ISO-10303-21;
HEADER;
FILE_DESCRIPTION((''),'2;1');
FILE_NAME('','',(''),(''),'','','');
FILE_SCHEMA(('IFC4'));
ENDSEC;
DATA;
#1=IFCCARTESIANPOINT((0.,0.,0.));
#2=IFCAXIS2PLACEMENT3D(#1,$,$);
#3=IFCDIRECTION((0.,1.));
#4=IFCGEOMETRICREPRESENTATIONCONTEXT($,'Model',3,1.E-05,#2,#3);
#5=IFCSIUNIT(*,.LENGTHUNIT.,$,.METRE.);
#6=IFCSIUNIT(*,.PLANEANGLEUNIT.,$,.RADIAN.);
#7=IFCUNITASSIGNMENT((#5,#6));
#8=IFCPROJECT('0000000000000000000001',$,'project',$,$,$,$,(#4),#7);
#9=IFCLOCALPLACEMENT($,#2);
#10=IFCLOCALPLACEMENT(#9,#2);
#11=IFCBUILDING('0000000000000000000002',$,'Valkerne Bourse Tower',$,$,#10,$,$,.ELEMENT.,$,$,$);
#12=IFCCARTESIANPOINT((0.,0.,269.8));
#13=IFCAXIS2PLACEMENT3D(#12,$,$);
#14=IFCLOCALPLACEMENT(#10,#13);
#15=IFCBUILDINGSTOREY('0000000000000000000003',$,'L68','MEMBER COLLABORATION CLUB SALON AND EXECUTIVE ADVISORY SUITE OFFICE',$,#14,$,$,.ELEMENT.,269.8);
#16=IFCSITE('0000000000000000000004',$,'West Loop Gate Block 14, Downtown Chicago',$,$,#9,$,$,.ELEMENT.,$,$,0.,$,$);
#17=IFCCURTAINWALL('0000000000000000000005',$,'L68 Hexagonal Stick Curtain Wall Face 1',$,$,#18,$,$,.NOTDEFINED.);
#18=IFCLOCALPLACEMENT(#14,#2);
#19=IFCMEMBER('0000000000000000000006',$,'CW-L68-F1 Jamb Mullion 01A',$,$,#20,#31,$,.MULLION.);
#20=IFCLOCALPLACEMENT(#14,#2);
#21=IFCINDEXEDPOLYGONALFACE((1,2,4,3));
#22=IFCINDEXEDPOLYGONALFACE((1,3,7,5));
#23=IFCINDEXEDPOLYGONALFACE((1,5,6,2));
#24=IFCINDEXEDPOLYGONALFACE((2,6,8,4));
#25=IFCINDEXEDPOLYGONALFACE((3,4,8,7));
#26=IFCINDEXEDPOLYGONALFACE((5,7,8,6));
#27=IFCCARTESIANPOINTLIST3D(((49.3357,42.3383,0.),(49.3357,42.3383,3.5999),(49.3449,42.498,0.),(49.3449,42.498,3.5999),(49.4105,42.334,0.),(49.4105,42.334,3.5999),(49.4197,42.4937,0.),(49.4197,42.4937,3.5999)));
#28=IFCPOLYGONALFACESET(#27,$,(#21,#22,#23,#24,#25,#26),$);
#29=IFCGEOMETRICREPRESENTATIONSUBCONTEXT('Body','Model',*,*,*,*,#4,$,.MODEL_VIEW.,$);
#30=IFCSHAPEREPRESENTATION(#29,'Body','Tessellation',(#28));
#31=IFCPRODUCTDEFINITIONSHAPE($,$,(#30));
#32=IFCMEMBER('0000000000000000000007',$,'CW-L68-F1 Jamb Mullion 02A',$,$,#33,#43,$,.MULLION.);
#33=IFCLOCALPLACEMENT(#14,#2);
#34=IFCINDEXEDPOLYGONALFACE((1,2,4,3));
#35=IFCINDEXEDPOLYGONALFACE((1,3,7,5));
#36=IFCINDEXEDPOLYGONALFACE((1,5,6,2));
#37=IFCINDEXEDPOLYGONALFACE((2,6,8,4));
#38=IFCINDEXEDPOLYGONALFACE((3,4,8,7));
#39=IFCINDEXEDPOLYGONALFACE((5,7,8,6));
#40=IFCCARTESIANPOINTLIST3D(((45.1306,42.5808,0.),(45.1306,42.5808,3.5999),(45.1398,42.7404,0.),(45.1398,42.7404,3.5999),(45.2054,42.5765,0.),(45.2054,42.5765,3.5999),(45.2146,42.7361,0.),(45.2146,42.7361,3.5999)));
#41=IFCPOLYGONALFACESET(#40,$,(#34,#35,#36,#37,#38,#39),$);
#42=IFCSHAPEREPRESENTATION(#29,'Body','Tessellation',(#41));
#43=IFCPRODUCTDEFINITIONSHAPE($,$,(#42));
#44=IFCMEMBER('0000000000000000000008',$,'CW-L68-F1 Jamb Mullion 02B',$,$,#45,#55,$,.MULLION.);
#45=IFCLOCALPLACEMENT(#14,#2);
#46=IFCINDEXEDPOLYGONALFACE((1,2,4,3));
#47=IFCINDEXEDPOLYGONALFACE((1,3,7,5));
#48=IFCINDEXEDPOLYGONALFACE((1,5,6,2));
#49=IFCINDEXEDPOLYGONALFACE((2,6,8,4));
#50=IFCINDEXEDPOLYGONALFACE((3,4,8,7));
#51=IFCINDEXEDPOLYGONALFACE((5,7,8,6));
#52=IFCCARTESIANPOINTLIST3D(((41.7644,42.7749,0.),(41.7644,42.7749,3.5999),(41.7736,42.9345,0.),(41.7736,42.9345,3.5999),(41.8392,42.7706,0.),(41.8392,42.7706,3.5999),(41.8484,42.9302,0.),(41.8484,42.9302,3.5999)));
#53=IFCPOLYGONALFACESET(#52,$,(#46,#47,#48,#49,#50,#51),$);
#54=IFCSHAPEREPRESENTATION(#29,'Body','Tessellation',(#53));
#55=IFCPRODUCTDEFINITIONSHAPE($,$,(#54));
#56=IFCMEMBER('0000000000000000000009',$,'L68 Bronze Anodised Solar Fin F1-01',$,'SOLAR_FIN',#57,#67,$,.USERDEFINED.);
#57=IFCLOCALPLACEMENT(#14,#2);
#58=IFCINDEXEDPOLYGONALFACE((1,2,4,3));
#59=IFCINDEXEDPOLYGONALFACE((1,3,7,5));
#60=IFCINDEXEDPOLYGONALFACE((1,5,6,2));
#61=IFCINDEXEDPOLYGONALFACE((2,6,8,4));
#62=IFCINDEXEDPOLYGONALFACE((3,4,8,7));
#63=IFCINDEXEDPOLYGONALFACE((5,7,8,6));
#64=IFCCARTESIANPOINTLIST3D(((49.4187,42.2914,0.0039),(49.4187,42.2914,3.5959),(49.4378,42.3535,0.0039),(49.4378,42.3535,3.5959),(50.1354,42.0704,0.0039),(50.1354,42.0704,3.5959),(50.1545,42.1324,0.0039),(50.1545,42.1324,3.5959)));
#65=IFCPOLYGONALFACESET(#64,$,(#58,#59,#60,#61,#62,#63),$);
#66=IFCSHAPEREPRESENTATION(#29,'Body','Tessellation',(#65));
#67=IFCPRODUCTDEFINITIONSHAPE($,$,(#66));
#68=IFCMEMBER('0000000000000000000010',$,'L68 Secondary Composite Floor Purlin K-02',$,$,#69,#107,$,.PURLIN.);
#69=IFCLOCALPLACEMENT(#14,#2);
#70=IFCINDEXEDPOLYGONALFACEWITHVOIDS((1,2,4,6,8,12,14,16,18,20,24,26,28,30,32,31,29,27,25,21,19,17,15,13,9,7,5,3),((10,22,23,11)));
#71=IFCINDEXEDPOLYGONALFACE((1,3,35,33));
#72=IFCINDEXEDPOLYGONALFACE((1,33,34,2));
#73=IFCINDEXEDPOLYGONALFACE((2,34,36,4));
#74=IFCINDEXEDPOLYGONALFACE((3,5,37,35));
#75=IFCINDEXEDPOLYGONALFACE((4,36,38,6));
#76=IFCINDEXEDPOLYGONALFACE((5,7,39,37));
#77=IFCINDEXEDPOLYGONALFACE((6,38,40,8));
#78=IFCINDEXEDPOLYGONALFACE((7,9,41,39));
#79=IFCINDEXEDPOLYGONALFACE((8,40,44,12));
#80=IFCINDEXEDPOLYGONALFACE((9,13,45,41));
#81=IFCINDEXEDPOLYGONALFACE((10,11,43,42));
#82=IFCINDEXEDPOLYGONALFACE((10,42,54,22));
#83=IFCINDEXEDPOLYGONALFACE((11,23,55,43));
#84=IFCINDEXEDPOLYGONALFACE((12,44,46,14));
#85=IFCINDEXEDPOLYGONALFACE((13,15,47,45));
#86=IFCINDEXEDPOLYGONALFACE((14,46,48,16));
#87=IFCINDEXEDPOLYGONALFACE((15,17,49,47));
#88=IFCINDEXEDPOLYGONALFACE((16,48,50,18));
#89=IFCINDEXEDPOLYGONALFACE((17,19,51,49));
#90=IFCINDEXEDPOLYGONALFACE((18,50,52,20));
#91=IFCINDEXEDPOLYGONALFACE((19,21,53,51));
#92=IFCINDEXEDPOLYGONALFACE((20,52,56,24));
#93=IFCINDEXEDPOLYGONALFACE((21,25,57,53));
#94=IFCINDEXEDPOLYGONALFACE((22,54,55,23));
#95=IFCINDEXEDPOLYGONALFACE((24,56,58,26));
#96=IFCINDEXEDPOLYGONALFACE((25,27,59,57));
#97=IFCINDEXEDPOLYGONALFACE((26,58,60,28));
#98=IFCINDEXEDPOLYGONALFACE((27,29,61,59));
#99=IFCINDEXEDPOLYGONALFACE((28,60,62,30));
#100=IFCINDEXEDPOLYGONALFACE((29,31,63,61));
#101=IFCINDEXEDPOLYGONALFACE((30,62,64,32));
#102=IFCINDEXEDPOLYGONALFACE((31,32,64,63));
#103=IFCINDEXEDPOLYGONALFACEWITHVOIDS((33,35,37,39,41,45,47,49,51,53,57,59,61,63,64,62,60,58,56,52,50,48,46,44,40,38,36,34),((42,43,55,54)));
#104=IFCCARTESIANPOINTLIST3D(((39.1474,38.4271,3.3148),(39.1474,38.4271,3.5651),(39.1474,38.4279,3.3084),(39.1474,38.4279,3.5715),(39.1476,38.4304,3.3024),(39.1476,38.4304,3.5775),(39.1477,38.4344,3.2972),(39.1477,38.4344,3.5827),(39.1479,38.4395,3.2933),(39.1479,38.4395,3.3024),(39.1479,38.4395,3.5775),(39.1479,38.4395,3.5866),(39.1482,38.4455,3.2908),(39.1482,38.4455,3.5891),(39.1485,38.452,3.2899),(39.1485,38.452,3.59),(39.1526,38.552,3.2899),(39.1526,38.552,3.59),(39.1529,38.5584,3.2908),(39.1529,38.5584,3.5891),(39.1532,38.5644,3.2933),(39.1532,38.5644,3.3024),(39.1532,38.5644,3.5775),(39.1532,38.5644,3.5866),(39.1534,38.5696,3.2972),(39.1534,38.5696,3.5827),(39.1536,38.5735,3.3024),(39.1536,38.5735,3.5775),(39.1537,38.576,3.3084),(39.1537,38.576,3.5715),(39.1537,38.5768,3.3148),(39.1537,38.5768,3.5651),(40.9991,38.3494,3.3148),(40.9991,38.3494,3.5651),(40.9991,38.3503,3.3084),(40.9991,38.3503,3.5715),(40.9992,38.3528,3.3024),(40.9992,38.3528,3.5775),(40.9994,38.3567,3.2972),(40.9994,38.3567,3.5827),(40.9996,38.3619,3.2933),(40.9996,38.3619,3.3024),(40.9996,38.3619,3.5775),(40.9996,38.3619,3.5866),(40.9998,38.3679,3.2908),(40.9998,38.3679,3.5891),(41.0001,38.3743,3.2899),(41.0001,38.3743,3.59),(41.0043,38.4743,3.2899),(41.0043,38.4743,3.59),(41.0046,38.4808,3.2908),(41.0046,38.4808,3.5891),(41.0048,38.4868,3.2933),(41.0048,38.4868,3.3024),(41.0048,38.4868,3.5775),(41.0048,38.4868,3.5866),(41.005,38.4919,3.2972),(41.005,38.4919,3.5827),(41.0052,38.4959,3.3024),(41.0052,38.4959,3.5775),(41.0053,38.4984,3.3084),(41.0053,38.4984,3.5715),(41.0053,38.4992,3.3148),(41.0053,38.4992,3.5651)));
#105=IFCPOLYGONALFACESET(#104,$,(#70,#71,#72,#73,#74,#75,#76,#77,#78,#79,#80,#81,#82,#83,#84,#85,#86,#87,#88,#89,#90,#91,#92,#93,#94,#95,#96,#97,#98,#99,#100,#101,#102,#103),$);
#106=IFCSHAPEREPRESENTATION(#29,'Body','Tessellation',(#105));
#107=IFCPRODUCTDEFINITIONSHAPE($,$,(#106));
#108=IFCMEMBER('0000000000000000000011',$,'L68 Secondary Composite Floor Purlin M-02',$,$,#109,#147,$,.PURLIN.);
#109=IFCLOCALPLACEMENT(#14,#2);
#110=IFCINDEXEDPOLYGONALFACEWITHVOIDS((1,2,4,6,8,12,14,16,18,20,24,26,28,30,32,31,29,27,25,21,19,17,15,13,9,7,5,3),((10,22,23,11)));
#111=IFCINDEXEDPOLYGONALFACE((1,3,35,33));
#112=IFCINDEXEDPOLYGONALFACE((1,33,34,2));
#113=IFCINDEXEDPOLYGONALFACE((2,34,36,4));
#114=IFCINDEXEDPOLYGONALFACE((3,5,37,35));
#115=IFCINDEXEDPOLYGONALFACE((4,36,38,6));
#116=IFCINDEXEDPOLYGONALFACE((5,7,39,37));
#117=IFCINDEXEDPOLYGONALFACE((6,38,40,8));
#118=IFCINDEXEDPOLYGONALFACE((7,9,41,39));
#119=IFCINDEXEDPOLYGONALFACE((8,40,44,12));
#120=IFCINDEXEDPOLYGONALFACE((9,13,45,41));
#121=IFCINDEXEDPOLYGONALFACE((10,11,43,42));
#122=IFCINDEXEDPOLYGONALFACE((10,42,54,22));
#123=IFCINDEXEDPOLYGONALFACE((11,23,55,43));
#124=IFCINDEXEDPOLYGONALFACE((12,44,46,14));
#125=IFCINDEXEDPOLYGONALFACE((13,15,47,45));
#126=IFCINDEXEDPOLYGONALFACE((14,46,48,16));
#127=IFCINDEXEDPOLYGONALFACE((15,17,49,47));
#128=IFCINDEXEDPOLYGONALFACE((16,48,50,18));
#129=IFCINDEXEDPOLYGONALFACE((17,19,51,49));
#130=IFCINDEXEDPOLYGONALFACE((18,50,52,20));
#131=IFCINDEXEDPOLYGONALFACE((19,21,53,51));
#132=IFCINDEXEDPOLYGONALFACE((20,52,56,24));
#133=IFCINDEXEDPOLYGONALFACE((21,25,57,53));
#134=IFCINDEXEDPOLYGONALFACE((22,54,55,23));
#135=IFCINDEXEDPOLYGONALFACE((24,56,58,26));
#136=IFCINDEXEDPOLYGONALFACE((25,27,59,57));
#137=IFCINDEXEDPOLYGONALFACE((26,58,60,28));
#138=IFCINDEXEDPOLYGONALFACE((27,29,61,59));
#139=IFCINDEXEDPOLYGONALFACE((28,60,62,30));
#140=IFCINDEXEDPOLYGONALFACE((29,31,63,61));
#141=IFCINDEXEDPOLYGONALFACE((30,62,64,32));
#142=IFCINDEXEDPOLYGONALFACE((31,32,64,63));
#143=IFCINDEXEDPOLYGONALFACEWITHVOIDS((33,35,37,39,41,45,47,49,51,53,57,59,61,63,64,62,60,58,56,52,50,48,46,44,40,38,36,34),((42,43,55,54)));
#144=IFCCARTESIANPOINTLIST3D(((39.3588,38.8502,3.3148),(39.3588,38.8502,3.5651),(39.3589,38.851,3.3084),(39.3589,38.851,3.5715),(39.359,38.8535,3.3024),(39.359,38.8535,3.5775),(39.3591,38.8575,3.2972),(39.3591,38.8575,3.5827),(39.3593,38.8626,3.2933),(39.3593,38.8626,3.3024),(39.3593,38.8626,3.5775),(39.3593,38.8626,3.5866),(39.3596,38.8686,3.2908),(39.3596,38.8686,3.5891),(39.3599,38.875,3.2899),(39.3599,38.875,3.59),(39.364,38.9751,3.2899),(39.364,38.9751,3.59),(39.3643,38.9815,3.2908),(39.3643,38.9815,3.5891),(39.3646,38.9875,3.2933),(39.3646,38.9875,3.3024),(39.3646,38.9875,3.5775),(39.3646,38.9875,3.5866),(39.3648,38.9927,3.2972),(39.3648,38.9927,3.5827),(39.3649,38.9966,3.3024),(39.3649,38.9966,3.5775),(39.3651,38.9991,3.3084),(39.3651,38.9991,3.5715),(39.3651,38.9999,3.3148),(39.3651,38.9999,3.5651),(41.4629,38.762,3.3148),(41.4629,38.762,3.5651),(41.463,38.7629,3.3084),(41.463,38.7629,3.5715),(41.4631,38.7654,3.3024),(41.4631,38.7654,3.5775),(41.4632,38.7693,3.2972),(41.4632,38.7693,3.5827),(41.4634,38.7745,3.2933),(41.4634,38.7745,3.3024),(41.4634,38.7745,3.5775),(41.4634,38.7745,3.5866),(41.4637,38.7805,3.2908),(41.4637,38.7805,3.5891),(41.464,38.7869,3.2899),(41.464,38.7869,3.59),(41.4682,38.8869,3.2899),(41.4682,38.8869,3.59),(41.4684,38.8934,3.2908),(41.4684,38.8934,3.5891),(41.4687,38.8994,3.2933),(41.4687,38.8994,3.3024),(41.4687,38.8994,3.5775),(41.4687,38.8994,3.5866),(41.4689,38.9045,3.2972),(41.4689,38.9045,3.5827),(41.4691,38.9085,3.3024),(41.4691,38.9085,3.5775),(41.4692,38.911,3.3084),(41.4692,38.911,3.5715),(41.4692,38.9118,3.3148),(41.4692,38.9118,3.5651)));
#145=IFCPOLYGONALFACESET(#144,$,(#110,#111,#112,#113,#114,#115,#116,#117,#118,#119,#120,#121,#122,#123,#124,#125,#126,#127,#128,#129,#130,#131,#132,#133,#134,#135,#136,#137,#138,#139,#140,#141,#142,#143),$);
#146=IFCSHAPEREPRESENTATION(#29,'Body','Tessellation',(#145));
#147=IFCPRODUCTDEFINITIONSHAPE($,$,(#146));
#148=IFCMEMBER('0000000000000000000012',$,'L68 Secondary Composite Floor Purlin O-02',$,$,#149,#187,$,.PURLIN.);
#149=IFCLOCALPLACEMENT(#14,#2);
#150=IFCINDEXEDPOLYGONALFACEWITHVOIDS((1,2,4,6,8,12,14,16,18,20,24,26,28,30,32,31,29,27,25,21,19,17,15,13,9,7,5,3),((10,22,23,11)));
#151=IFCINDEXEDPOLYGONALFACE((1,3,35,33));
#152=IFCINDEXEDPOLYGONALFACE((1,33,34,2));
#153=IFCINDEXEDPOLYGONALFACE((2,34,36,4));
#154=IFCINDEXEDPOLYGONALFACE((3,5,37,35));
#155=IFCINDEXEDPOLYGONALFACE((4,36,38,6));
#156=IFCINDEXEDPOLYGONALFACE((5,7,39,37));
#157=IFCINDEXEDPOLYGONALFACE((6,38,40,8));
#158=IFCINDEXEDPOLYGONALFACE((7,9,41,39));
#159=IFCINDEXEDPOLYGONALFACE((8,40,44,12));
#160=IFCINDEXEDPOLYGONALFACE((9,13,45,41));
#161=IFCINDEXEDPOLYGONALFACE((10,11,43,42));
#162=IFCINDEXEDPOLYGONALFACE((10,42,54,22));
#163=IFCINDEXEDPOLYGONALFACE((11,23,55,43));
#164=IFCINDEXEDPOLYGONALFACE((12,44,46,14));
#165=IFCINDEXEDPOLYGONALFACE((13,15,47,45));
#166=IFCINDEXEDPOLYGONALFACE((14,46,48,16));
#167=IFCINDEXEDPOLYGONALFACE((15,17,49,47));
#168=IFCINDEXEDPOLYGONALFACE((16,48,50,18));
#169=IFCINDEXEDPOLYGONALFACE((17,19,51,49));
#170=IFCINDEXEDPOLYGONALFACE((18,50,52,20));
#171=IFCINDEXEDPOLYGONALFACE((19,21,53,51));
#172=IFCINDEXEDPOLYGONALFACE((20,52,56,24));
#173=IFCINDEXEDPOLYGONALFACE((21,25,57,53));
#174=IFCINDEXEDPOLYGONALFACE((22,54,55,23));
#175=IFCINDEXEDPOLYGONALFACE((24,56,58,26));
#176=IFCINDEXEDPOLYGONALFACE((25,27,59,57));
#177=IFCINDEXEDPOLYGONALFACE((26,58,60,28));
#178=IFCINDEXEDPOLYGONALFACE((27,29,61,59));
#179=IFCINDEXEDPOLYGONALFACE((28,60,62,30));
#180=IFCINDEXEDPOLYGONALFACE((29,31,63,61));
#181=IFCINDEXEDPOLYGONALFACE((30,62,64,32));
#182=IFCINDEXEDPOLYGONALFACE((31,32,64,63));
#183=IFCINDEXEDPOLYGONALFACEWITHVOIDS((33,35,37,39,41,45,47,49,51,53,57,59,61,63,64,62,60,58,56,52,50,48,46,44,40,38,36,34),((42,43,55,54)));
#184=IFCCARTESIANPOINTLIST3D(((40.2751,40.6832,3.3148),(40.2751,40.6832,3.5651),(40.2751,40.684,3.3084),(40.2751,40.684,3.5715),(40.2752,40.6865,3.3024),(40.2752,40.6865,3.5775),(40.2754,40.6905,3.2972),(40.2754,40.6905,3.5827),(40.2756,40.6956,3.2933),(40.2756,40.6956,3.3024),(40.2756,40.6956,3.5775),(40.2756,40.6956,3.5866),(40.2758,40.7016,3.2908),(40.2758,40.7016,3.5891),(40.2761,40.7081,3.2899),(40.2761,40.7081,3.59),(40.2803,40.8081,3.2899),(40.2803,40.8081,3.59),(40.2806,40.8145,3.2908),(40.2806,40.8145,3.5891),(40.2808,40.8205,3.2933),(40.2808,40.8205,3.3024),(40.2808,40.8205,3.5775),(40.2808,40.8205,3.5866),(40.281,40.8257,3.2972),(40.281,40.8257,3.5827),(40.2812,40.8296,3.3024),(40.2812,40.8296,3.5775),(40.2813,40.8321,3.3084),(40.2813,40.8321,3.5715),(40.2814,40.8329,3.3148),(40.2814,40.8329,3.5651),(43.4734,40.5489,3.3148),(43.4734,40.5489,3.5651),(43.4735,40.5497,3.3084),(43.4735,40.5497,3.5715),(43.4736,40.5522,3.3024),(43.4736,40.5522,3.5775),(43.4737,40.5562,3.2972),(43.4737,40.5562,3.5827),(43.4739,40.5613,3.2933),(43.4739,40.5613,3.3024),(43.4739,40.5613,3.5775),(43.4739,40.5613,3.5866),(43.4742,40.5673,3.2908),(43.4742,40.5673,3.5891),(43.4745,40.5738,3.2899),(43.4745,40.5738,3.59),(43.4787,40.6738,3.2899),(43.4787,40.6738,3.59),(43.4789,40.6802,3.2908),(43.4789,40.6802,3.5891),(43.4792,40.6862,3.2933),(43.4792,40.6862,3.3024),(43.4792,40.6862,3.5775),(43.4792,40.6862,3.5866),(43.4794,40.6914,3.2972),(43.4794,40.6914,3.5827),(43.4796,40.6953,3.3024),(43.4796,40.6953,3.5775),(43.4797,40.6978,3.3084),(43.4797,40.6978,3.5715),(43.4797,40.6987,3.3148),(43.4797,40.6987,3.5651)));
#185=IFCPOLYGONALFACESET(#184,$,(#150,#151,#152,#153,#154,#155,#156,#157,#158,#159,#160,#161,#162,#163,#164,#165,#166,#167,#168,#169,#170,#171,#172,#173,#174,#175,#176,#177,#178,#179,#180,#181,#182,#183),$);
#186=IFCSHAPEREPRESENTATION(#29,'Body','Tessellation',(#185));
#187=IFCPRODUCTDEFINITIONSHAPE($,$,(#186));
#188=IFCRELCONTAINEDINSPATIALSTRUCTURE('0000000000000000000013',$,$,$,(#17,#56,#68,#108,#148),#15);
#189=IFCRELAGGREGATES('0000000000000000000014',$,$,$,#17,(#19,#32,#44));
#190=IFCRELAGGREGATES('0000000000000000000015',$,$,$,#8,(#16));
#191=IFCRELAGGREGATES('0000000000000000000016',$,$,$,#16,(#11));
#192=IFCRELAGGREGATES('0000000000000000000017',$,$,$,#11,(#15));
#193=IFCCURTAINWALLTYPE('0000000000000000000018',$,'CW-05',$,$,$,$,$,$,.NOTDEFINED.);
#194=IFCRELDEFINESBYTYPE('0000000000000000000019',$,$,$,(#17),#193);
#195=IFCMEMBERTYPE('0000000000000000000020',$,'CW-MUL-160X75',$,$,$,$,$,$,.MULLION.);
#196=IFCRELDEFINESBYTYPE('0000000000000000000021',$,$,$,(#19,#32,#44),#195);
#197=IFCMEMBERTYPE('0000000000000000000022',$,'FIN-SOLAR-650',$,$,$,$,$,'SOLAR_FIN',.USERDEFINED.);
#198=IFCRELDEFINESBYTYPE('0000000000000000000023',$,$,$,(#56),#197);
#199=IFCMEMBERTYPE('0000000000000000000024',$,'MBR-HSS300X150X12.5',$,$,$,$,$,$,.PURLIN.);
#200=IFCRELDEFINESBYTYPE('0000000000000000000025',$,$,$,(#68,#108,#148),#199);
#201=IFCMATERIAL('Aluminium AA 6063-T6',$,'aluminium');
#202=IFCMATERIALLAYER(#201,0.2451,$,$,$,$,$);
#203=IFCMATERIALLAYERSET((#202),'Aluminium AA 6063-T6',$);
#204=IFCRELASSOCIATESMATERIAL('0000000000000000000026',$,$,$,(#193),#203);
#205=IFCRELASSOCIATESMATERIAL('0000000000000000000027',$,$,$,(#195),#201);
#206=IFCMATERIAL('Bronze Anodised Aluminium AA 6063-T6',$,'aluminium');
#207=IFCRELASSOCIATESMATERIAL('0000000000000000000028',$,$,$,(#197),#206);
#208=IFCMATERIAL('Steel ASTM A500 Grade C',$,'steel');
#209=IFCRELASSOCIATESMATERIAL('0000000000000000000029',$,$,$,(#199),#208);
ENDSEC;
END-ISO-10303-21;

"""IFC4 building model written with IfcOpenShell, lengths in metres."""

from ifc_helpers import new_model, si_unit, direction, frame, origin, origin_2d, place, context, subcontext, project, spatial, rectangle, hollow_rectangle, extrude, material, layer, layer_set, material_profile, profile_set, type_object, element, aggregate, save


model = new_model("IFC4")

# Units and contexts
model_context = context("Model", 3, precision=1e-05, world=origin(), true_north=direction((0.0, 1.0)))
body_context = subcontext(model_context, "Body", "Model", "MODEL_VIEW")
ifc_project = project(units=[si_unit("LENGTHUNIT", "METRE"), si_unit("PLANEANGLEUNIT", "RADIAN")], contexts=[model_context])

# Site, building, storey
site_placement = place(None, origin())
site = spatial("IfcSite", under=ifc_project, at=site_placement, Name="West Loop Gate Block 14, Downtown Chicago", CompositionType="ELEMENT", RefElevation=0.0)
building_placement = place(site_placement, origin())
building = spatial("IfcBuilding", under=site, at=building_placement, Name="Valkerne Bourse Tower", CompositionType="ELEMENT")
storey_placement = place(building_placement, frame((0.0, 0.0, 269.8)))
storey = spatial("IfcBuildingStorey", under=building, at=storey_placement, Name="L68", Description="MEMBER COLLABORATION CLUB SALON AND EXECUTIVE ADVISORY SUITE OFFICE", CompositionType="ELEMENT", Elevation=269.8)

# Curtain wall, members
ifc_material_1 = material(Name="Aluminium AA 6063-T6", Category="aluminium")
ifc_layer_1 = layer(ifc_material_1, 0.2451)
ifc_layer_set_1 = layer_set([ifc_layer_1], Name="Aluminium AA 6063-T6")
curtain_wall_type = type_object("IfcCurtainWallType", Name="CW-05", PredefinedType="NOTDEFINED", material=ifc_layer_set_1)
curtain_wall_placement = place(storey_placement, origin())
curtain_wall = element("IfcCurtainWall", 1, at=curtain_wall_placement, inside=storey, type_object=curtain_wall_type, Name="L68 Hexagonal Stick Curtain Wall Face 1", PredefinedType="NOTDEFINED")
ifc_material_profile_1 = material_profile(ifc_material_1, rectangle(XDim=0.075, YDim=0.1599, at=origin_2d()), Name="CWM-75X160")
ifc_profile_set_1 = profile_set([ifc_material_profile_1], Name="Aluminium AA 6063-T6")
member_type_1 = type_object("IfcMemberType", Name="CW-MUL-160X75", PredefinedType="MULLION", material=ifc_profile_set_1)
member_1_placement = place(storey_placement, frame((49.3777, 42.416, 0.0), z_axis=(0.0, 0.0, 1.0), x_axis=(-0.998341, 0.057574, 0.0)))
member_1 = element("IfcMember", 2, at=member_1_placement, type_object=member_type_1, Name="CW-L68-F1 Jamb Mullion 01A", PredefinedType="MULLION", context=body_context, shape_type="SweptSolid", body=[
    extrude(rectangle(XDim=0.075, YDim=0.1599, at=origin_2d()), origin(), (0.0, 0.0, 1.0), 3.5999),
])
member_2_placement = place(storey_placement, frame((45.1726, 42.6584, 0.0), z_axis=(0.0, 0.0, 1.0), x_axis=(-0.998343, 0.05755, 0.0)))
member_2 = element("IfcMember", 3, at=member_2_placement, type_object=member_type_1, Name="CW-L68-F1 Jamb Mullion 02A", PredefinedType="MULLION", context=body_context, shape_type="SweptSolid", body=[
    extrude(rectangle(XDim=0.075, YDim=0.1599, at=origin_2d()), origin(), (0.0, 0.0, 1.0), 3.5999),
])
member_3_placement = place(storey_placement, frame((41.8064, 42.8525, 0.0), z_axis=(0.0, 0.0, 1.0), x_axis=(-0.998343, 0.05755, 0.0)))
member_3 = element("IfcMember", 4, at=member_3_placement, type_object=member_type_1, Name="CW-L68-F1 Jamb Mullion 02B", PredefinedType="MULLION", context=body_context, shape_type="SweptSolid", body=[
    extrude(rectangle(XDim=0.075, YDim=0.1599, at=origin_2d()), origin(), (0.0, 0.0, 1.0), 3.5999),
])

# Members
ifc_material_2 = material(Name="Bronze Anodised Aluminium AA 6063-T6", Category="aluminium")
ifc_material_profile_2 = material_profile(ifc_material_2, rectangle(XDim=0.0649, YDim=0.75, at=origin_2d()), Name="FIN-65X750")
ifc_profile_set_2 = profile_set([ifc_material_profile_2], Name="Bronze Anodised Aluminium AA 6063-T6")
member_type_2 = type_object("IfcMemberType", Name="FIN-SOLAR-650", ElementType="SOLAR_FIN", PredefinedType="USERDEFINED", material=ifc_profile_set_2)
member_4_placement = place(storey_placement, frame((49.7866, 42.2119, 0.0039), z_axis=(0.0, 0.0, 1.0), x_axis=(0.294699, 0.95559, 0.0)))
element("IfcMember", 5, at=member_4_placement, inside=storey, type_object=member_type_2, Name="L68 Bronze Anodised Solar Fin F1-01", ObjectType="SOLAR_FIN", PredefinedType="USERDEFINED", context=body_context, shape_type="SweptSolid", body=[
    extrude(rectangle(XDim=0.0649, YDim=0.75, at=origin_2d()), origin(), (0.0, 0.0, 1.0), 3.592),
])
ifc_material_3 = material(Name="Steel ASTM A500 Grade C", Category="steel")
ifc_material_profile_3 = material_profile(ifc_material_3, hollow_rectangle(XDim=0.1499, YDim=0.3, WallThickness=0.0125, OuterFilletRadius=0.0249, at=origin_2d()), Name="HSS300X150X12.5")
ifc_profile_set_3 = profile_set([ifc_material_profile_3], Name="Steel ASTM A500 Grade C")
member_type_3 = type_object("IfcMemberType", Name="MBR-HSS300X150X12.5", PredefinedType="PURLIN", material=ifc_profile_set_3)
member_5_placement = place(storey_placement, frame((41.0022, 38.4243, 3.4399), z_axis=(-0.999122, 0.041894, 0.0), x_axis=(-0.041894, -0.999122, 0.0)))
element("IfcMember", 6, at=member_5_placement, inside=storey, type_object=member_type_3, Name="L68 Secondary Composite Floor Purlin K-02", PredefinedType="PURLIN", context=body_context, shape_type="SweptSolid", body=[
    extrude(hollow_rectangle(XDim=0.1499, YDim=0.3, WallThickness=0.0125, OuterFilletRadius=0.0249, at=origin_2d()), origin(), (0.0, 0.0, 1.0), 1.8533),
])
member_6_placement = place(storey_placement, frame((41.4661, 38.8369, 3.4399), z_axis=(-0.999124, 0.041852, 0.0), x_axis=(-0.041852, -0.999124, 0.0)))
element("IfcMember", 7, at=member_6_placement, inside=storey, type_object=member_type_3, Name="L68 Secondary Composite Floor Purlin M-02", PredefinedType="PURLIN", context=body_context, shape_type="SweptSolid", body=[
    extrude(hollow_rectangle(XDim=0.1499, YDim=0.3, WallThickness=0.0125, OuterFilletRadius=0.0249, at=origin_2d()), origin(), (0.0, 0.0, 1.0), 2.106),
])
member_7_placement = place(storey_placement, frame((43.4766, 40.6238, 3.4399), z_axis=(-0.99912, 0.041948, 0.0), x_axis=(-0.041948, -0.99912, 0.0)))
element("IfcMember", 8, at=member_7_placement, inside=storey, type_object=member_type_3, Name="L68 Secondary Composite Floor Purlin O-02", PredefinedType="PURLIN", context=body_context, shape_type="SweptSolid", body=[
    extrude(hollow_rectangle(XDim=0.1499, YDim=0.3, WallThickness=0.0125, OuterFilletRadius=0.0249, at=origin_2d()), origin(), (0.0, 0.0, 1.0), 3.2012),
])

aggregate(curtain_wall, [member_1, member_2, member_3])

save(model, "model.ifc")
